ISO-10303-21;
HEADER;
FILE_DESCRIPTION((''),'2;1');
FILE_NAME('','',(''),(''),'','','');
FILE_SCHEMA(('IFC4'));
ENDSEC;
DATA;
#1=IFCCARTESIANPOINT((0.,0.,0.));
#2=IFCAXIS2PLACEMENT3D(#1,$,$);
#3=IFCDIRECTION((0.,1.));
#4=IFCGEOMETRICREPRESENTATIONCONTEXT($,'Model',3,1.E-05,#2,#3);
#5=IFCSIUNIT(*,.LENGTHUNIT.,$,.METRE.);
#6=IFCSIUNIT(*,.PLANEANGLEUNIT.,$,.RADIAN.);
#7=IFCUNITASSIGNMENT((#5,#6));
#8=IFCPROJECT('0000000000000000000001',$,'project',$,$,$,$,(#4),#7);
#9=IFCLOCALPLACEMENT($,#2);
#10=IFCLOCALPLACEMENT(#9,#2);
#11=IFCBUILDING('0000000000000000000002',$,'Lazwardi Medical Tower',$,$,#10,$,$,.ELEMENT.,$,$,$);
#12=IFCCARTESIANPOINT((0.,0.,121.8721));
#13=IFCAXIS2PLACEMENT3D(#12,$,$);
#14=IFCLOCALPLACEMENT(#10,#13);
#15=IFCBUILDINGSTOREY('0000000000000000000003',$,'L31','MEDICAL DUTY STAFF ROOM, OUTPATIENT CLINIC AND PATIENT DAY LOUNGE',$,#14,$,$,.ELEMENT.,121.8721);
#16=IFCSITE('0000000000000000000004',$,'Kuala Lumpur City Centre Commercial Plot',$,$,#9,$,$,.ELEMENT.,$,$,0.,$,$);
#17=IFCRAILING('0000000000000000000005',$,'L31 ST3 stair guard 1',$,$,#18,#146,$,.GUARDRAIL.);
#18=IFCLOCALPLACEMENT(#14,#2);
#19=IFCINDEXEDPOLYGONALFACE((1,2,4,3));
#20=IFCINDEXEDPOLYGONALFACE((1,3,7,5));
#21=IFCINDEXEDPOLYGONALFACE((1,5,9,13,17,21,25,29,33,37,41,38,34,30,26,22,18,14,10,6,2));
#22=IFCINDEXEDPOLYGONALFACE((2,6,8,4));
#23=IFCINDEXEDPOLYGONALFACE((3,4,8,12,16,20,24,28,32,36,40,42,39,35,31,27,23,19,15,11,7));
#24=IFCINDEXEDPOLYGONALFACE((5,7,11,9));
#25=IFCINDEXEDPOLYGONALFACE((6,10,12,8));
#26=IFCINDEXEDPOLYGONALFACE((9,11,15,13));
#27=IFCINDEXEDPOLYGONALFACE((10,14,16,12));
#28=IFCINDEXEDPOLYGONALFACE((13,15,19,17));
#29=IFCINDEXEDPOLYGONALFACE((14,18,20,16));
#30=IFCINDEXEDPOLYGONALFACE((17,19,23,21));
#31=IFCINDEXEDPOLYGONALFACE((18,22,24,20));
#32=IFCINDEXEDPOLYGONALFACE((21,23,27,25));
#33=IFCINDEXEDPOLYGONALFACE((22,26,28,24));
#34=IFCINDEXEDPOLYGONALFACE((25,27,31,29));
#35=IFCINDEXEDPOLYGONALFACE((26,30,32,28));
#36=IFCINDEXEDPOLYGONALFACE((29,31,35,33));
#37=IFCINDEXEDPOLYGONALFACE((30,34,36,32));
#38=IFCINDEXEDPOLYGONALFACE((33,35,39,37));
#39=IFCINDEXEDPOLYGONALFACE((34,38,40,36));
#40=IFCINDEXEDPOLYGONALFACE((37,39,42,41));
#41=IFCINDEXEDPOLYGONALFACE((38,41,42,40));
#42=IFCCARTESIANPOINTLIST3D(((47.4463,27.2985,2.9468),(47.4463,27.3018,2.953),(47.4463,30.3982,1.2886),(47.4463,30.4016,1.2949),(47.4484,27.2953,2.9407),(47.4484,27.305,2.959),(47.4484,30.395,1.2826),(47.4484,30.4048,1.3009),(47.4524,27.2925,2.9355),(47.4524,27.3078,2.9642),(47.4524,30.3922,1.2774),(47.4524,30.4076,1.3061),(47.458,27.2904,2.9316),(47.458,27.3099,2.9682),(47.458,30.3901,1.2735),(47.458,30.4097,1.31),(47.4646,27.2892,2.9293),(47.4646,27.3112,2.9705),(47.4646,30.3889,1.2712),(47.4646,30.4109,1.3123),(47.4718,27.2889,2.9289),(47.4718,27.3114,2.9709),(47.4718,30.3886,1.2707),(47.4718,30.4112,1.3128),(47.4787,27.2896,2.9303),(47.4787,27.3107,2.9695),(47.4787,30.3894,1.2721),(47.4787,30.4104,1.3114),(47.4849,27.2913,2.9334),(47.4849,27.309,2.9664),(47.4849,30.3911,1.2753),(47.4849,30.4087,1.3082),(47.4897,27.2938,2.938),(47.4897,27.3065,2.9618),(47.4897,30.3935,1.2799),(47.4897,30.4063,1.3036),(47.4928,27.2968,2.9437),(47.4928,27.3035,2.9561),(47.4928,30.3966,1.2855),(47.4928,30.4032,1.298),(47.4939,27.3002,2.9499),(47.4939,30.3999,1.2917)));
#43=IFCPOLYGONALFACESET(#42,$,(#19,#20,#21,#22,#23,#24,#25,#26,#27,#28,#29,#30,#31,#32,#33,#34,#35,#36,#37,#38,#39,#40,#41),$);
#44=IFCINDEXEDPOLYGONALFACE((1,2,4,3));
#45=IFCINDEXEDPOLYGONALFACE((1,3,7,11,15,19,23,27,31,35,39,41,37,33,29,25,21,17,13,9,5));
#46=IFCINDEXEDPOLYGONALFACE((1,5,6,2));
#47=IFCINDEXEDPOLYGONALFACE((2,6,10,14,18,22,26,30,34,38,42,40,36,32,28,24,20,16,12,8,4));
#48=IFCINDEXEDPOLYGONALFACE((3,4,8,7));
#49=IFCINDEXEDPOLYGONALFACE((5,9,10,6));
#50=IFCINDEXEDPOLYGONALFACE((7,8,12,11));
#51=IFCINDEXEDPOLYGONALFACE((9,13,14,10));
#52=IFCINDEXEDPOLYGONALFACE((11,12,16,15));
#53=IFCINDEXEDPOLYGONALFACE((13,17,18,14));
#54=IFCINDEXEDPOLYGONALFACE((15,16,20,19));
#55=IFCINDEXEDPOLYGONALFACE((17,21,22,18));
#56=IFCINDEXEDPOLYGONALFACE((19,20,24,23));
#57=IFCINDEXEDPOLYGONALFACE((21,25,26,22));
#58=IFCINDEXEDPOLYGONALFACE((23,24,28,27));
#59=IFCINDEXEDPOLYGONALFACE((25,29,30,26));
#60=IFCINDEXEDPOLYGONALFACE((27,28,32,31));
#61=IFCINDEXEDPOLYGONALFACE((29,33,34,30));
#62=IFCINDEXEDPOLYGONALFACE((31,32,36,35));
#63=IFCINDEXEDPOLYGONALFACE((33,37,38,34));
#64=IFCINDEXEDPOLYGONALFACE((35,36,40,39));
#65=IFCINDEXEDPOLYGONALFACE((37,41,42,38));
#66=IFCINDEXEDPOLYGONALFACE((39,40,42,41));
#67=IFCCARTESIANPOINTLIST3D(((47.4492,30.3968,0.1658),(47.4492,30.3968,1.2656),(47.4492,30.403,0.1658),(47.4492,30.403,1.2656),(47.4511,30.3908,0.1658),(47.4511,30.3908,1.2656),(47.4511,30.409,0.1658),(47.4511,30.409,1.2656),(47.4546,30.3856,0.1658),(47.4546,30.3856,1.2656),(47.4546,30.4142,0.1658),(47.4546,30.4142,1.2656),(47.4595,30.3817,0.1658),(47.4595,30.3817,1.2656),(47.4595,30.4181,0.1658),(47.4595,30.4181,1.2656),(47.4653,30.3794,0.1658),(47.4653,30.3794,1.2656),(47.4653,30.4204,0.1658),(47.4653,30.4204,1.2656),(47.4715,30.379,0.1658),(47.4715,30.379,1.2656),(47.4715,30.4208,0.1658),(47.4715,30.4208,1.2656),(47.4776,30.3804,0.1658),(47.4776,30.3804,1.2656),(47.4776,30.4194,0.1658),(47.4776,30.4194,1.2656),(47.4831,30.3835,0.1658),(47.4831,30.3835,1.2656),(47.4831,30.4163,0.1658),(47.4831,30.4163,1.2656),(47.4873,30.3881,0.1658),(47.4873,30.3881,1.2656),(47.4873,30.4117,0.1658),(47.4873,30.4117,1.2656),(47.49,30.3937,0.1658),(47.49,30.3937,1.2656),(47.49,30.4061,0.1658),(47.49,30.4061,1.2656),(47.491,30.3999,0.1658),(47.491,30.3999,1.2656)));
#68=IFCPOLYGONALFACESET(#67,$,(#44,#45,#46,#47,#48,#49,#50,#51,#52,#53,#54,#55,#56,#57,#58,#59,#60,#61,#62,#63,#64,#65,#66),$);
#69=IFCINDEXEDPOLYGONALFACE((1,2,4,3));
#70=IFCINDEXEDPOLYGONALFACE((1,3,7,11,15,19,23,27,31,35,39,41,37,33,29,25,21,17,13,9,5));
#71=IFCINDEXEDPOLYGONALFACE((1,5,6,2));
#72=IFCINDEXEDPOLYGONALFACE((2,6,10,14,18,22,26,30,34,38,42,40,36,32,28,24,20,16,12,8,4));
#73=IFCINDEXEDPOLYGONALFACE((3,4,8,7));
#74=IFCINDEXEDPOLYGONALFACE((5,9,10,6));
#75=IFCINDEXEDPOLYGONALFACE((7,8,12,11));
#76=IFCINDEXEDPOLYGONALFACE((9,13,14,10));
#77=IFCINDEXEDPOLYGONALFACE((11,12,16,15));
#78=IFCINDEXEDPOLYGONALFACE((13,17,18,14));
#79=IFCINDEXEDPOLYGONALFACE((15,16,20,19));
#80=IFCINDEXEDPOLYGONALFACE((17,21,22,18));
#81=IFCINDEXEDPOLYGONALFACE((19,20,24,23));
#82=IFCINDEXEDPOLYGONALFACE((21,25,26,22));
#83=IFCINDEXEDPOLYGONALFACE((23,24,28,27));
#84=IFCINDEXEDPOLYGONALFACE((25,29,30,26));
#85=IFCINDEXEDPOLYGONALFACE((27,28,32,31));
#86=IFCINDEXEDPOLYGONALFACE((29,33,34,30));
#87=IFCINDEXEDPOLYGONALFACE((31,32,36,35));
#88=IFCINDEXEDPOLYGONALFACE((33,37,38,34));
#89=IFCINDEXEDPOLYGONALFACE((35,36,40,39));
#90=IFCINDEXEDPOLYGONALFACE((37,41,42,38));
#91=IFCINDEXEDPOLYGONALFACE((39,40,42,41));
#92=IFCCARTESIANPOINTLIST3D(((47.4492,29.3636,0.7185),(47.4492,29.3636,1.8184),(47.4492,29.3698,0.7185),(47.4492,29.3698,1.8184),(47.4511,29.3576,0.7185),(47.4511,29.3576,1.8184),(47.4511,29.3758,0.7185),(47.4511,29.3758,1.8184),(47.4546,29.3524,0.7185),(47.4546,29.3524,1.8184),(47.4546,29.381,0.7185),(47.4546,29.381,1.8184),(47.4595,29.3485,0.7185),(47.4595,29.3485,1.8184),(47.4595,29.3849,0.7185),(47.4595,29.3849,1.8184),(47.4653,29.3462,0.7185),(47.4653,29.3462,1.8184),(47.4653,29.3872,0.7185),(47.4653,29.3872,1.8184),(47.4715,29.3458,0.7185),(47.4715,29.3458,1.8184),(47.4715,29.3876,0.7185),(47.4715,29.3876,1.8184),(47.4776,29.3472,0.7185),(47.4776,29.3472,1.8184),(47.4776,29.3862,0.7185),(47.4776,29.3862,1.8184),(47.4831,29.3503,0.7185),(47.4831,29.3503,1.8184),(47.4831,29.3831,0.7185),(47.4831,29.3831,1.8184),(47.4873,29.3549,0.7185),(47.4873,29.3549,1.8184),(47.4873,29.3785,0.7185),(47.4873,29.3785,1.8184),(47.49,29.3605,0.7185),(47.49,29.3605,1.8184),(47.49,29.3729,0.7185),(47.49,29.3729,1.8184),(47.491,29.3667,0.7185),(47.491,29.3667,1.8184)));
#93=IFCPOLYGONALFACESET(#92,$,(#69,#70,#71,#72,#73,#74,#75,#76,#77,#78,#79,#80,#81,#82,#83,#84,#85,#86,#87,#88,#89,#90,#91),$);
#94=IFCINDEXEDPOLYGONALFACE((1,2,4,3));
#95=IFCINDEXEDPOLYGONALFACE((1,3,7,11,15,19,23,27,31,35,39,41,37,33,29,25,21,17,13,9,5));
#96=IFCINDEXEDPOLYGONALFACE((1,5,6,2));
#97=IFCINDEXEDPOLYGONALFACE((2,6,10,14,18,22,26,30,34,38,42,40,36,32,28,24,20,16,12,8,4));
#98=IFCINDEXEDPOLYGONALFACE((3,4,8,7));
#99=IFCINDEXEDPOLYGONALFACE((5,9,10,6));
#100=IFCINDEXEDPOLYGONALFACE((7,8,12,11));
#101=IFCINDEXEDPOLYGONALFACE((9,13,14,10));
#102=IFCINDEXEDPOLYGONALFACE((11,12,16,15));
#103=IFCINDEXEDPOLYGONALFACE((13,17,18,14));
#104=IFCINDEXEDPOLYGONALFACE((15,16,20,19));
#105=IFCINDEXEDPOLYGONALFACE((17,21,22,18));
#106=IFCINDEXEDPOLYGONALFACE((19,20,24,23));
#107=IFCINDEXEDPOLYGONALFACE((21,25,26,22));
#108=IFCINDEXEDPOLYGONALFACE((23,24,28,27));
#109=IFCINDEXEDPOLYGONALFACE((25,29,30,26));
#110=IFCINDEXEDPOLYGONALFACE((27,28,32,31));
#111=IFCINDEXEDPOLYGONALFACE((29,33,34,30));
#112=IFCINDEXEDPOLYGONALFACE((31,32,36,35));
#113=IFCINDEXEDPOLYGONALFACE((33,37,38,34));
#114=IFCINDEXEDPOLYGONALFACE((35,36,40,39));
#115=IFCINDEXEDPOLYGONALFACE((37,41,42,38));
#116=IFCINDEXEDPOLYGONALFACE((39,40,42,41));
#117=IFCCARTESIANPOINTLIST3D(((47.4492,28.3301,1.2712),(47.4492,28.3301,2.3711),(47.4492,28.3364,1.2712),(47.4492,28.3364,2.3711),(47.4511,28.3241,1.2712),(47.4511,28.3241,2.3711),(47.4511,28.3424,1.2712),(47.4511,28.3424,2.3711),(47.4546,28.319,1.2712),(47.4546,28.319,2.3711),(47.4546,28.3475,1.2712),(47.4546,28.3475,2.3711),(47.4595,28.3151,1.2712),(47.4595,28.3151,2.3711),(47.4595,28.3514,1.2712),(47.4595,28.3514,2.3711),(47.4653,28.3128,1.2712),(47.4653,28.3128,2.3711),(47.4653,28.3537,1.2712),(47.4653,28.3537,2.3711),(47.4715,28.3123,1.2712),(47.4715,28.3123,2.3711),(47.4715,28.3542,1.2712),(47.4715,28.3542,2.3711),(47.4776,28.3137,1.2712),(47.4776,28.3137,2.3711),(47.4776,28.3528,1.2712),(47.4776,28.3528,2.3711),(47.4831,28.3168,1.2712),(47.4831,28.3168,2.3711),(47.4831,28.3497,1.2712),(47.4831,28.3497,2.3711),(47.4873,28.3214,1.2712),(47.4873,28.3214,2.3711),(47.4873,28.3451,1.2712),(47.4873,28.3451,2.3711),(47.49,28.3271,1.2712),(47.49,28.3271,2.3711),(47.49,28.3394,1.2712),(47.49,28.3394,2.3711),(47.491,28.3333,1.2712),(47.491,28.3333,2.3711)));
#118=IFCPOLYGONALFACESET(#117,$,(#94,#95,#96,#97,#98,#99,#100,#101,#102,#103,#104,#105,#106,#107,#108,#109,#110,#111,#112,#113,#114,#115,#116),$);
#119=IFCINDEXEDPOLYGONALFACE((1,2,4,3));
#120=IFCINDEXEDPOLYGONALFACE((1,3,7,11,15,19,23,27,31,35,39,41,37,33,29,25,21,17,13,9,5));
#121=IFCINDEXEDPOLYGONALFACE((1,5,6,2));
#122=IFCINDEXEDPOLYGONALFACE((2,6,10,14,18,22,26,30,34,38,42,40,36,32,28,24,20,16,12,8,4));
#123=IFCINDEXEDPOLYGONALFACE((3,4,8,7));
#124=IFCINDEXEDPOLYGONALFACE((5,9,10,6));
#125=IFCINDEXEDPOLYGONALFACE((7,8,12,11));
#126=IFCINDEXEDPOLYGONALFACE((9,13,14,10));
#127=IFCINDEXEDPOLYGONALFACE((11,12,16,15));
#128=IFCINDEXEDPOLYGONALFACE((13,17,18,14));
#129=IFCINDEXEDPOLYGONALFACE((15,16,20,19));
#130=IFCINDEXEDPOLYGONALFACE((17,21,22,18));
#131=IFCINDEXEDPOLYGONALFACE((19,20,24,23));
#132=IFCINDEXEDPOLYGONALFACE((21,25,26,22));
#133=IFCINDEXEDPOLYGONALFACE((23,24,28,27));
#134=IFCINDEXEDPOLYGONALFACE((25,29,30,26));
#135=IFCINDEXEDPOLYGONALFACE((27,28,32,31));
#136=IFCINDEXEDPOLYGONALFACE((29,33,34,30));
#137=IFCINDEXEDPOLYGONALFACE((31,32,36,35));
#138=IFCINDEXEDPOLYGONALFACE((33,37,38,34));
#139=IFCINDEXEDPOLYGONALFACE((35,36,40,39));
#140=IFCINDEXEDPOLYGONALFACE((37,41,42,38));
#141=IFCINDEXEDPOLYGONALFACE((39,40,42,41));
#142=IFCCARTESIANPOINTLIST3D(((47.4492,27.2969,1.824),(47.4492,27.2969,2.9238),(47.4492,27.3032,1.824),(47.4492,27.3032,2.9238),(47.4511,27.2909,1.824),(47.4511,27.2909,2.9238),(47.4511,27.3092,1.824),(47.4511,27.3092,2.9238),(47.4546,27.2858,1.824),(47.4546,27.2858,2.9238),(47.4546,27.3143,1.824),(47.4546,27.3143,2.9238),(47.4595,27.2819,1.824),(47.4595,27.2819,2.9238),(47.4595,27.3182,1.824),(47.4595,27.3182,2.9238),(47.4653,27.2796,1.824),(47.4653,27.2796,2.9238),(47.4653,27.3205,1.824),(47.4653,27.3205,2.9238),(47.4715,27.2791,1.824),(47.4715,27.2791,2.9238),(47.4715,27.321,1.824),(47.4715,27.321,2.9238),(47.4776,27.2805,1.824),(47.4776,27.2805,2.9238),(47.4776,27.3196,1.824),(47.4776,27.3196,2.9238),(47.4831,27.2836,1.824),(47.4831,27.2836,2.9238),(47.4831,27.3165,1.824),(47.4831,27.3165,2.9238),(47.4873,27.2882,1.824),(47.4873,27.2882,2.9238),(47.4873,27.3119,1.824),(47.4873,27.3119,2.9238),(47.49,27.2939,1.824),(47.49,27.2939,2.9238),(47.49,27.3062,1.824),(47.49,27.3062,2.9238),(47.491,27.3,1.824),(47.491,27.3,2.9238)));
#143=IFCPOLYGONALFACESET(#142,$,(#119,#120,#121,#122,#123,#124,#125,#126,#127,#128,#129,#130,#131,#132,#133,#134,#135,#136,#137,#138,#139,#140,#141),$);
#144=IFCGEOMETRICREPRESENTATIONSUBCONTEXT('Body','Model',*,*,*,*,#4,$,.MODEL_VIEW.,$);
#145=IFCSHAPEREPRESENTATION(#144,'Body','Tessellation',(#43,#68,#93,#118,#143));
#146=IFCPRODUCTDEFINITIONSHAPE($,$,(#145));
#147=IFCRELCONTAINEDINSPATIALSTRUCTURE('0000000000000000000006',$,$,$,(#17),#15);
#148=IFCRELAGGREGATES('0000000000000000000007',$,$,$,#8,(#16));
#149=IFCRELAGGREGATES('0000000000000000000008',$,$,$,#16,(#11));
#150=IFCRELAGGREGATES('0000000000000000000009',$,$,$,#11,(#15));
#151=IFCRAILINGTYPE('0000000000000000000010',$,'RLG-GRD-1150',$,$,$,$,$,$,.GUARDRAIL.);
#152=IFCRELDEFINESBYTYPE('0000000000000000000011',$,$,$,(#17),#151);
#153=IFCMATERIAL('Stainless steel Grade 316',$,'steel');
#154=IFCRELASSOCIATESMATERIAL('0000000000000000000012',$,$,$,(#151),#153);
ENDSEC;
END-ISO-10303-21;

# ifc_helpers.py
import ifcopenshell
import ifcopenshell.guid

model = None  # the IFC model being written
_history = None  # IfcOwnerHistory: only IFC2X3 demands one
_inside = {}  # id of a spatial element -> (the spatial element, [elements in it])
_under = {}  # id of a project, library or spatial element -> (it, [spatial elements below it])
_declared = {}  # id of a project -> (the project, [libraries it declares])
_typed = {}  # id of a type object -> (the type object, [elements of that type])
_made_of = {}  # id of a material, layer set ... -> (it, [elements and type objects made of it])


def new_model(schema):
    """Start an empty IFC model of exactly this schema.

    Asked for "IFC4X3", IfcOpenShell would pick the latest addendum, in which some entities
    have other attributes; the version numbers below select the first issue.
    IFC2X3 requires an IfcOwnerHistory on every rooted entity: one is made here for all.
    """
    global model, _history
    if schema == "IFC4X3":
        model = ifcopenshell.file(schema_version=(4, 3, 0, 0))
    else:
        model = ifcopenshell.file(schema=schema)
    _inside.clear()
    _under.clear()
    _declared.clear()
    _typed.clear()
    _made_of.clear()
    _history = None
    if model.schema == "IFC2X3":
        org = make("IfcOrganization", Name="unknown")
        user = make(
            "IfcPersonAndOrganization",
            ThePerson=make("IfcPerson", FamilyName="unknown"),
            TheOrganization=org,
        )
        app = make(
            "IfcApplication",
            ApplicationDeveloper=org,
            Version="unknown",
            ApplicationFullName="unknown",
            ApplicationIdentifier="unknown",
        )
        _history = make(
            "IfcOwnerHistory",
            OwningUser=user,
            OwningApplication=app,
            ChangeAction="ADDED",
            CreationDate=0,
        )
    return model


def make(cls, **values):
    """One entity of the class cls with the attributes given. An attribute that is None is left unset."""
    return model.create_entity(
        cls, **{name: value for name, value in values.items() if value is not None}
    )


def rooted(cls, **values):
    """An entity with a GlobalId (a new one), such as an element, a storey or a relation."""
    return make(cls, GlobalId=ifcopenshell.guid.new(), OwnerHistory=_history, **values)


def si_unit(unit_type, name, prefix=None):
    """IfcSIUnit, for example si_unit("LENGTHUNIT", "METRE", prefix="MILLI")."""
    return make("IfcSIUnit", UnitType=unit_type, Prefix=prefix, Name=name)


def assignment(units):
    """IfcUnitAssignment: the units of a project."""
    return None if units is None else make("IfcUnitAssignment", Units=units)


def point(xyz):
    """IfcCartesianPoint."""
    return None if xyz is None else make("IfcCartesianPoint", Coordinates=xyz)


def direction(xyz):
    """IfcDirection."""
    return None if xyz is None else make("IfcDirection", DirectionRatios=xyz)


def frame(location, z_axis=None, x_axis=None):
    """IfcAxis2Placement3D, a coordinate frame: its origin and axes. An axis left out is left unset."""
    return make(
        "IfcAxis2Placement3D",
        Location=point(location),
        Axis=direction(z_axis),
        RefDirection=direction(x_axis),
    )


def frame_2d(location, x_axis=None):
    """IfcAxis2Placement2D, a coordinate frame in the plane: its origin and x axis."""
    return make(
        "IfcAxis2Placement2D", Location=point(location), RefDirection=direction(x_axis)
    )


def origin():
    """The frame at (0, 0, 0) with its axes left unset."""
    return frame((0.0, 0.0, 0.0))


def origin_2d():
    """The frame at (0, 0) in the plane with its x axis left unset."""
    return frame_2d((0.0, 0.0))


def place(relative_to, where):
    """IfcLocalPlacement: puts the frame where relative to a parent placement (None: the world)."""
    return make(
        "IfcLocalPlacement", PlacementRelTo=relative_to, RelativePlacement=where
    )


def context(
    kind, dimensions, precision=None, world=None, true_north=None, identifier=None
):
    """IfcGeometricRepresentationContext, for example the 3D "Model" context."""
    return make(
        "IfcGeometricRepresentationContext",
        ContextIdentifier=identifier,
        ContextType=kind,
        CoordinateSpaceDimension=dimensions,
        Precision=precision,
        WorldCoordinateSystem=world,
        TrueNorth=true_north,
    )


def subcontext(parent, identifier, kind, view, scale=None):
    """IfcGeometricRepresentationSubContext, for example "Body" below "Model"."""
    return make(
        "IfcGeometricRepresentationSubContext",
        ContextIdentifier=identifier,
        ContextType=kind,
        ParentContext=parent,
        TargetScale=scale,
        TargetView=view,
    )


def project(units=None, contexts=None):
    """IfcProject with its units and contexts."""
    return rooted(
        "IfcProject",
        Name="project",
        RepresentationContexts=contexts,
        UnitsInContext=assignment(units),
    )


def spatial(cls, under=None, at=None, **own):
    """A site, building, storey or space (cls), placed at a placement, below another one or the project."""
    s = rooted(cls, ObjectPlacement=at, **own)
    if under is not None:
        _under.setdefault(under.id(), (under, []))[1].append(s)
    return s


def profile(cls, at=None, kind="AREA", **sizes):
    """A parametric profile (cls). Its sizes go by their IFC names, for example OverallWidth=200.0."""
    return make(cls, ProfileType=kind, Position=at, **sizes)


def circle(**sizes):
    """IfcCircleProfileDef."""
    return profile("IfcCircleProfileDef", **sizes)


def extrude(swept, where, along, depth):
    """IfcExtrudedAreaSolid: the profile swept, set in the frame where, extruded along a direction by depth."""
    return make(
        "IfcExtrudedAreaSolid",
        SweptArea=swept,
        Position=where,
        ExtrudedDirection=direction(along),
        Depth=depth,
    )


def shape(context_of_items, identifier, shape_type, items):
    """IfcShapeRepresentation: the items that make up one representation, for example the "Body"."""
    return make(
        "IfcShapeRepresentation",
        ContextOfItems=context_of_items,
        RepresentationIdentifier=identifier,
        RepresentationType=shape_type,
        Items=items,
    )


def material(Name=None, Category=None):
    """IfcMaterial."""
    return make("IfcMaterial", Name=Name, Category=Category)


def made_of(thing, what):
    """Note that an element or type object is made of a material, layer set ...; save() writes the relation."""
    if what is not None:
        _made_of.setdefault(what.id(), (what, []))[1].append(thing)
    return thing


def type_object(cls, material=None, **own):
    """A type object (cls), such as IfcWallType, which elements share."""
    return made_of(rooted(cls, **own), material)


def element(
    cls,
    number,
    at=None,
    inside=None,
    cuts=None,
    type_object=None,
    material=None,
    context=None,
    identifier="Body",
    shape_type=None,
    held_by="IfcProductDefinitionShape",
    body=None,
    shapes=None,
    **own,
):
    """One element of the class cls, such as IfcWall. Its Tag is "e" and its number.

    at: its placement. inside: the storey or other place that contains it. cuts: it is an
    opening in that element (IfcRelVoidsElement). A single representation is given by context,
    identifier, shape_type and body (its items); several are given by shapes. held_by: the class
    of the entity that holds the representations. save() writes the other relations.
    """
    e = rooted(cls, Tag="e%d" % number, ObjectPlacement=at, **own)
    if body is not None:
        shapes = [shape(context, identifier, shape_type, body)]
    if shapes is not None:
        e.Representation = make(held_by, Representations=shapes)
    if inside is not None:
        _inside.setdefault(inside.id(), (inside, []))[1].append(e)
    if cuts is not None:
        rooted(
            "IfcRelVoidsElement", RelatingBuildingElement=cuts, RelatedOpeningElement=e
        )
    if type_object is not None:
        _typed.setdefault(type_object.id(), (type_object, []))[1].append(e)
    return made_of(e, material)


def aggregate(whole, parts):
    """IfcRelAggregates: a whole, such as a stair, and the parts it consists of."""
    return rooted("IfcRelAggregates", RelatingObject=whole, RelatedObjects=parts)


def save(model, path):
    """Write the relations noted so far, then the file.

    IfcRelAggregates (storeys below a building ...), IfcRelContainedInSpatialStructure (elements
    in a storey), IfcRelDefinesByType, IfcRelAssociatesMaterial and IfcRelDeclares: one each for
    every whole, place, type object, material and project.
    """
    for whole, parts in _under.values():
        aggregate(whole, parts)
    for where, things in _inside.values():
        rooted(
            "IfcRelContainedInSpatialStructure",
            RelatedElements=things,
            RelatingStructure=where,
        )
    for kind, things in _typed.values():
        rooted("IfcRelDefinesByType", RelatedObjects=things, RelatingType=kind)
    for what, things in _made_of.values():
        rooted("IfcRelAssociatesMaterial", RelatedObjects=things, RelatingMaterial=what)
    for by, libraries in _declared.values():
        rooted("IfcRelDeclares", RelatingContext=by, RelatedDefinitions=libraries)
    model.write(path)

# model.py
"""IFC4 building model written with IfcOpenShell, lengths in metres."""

from ifc_helpers import new_model, si_unit, direction, frame, origin, origin_2d, place, context, subcontext, project, spatial, circle, extrude, material, type_object, element, save


model = new_model("IFC4")

# Units and contexts
model_context = context("Model", 3, precision=1e-05, world=origin(), true_north=direction((0.0, 1.0)))
body_context = subcontext(model_context, "Body", "Model", "MODEL_VIEW")
ifc_project = project(units=[si_unit("LENGTHUNIT", "METRE"), si_unit("PLANEANGLEUNIT", "RADIAN")], contexts=[model_context])

# Site, building, storey
site_placement = place(None, origin())
site = spatial("IfcSite", under=ifc_project, at=site_placement, Name="Kuala Lumpur City Centre Commercial Plot", CompositionType="ELEMENT", RefElevation=0.0)
building_placement = place(site_placement, origin())
building = spatial("IfcBuilding", under=site, at=building_placement, Name="Lazwardi Medical Tower", CompositionType="ELEMENT")
storey_placement = place(building_placement, frame((0.0, 0.0, 121.8721)))
storey = spatial("IfcBuildingStorey", under=building, at=storey_placement, Name="L31", Description="MEDICAL DUTY STAFF ROOM, OUTPATIENT CLINIC AND PATIENT DAY LOUNGE", CompositionType="ELEMENT", Elevation=121.8721)

# Railing
ifc_material_1 = material(Name="Stainless steel Grade 316", Category="steel")
railing_type_1 = type_object("IfcRailingType", Name="RLG-GRD-1150", PredefinedType="GUARDRAIL", material=ifc_material_1)
railing_1_placement = place(storey_placement, frame((47.47, 30.3999, 0.1658)))
element("IfcRailing", 1, at=railing_1_placement, inside=storey, type_object=railing_type_1, Name="L31 ST3 stair guard 1", PredefinedType="GUARDRAIL", context=body_context, shape_type="SweptSolid", body=[
    extrude(circle(Radius=0.0239, at=origin_2d()), frame((0.0, 0.0, 1.126), z_axis=(0.0, -0.881768, 0.471684), x_axis=(1.0, 0.0, 0.0)), (0.0, 0.0, 1.0), 3.5154),
    extrude(circle(Radius=0.021, at=origin_2d()), origin(), (0.0, 0.0, 1.0), 1.0999),
    extrude(circle(Radius=0.021, at=origin_2d()), frame((0.0, -1.0332, 0.5527)), (0.0, 0.0, 1.0), 1.0999),
    extrude(circle(Radius=0.021, at=origin_2d()), frame((0.0, -2.0667, 1.1055)), (0.0, 0.0, 1.0), 1.0999),
    extrude(circle(Radius=0.021, at=origin_2d()), frame((0.0, -3.0999, 1.6582)), (0.0, 0.0, 1.0), 1.0999),
])

save(model, "model.ifc")
